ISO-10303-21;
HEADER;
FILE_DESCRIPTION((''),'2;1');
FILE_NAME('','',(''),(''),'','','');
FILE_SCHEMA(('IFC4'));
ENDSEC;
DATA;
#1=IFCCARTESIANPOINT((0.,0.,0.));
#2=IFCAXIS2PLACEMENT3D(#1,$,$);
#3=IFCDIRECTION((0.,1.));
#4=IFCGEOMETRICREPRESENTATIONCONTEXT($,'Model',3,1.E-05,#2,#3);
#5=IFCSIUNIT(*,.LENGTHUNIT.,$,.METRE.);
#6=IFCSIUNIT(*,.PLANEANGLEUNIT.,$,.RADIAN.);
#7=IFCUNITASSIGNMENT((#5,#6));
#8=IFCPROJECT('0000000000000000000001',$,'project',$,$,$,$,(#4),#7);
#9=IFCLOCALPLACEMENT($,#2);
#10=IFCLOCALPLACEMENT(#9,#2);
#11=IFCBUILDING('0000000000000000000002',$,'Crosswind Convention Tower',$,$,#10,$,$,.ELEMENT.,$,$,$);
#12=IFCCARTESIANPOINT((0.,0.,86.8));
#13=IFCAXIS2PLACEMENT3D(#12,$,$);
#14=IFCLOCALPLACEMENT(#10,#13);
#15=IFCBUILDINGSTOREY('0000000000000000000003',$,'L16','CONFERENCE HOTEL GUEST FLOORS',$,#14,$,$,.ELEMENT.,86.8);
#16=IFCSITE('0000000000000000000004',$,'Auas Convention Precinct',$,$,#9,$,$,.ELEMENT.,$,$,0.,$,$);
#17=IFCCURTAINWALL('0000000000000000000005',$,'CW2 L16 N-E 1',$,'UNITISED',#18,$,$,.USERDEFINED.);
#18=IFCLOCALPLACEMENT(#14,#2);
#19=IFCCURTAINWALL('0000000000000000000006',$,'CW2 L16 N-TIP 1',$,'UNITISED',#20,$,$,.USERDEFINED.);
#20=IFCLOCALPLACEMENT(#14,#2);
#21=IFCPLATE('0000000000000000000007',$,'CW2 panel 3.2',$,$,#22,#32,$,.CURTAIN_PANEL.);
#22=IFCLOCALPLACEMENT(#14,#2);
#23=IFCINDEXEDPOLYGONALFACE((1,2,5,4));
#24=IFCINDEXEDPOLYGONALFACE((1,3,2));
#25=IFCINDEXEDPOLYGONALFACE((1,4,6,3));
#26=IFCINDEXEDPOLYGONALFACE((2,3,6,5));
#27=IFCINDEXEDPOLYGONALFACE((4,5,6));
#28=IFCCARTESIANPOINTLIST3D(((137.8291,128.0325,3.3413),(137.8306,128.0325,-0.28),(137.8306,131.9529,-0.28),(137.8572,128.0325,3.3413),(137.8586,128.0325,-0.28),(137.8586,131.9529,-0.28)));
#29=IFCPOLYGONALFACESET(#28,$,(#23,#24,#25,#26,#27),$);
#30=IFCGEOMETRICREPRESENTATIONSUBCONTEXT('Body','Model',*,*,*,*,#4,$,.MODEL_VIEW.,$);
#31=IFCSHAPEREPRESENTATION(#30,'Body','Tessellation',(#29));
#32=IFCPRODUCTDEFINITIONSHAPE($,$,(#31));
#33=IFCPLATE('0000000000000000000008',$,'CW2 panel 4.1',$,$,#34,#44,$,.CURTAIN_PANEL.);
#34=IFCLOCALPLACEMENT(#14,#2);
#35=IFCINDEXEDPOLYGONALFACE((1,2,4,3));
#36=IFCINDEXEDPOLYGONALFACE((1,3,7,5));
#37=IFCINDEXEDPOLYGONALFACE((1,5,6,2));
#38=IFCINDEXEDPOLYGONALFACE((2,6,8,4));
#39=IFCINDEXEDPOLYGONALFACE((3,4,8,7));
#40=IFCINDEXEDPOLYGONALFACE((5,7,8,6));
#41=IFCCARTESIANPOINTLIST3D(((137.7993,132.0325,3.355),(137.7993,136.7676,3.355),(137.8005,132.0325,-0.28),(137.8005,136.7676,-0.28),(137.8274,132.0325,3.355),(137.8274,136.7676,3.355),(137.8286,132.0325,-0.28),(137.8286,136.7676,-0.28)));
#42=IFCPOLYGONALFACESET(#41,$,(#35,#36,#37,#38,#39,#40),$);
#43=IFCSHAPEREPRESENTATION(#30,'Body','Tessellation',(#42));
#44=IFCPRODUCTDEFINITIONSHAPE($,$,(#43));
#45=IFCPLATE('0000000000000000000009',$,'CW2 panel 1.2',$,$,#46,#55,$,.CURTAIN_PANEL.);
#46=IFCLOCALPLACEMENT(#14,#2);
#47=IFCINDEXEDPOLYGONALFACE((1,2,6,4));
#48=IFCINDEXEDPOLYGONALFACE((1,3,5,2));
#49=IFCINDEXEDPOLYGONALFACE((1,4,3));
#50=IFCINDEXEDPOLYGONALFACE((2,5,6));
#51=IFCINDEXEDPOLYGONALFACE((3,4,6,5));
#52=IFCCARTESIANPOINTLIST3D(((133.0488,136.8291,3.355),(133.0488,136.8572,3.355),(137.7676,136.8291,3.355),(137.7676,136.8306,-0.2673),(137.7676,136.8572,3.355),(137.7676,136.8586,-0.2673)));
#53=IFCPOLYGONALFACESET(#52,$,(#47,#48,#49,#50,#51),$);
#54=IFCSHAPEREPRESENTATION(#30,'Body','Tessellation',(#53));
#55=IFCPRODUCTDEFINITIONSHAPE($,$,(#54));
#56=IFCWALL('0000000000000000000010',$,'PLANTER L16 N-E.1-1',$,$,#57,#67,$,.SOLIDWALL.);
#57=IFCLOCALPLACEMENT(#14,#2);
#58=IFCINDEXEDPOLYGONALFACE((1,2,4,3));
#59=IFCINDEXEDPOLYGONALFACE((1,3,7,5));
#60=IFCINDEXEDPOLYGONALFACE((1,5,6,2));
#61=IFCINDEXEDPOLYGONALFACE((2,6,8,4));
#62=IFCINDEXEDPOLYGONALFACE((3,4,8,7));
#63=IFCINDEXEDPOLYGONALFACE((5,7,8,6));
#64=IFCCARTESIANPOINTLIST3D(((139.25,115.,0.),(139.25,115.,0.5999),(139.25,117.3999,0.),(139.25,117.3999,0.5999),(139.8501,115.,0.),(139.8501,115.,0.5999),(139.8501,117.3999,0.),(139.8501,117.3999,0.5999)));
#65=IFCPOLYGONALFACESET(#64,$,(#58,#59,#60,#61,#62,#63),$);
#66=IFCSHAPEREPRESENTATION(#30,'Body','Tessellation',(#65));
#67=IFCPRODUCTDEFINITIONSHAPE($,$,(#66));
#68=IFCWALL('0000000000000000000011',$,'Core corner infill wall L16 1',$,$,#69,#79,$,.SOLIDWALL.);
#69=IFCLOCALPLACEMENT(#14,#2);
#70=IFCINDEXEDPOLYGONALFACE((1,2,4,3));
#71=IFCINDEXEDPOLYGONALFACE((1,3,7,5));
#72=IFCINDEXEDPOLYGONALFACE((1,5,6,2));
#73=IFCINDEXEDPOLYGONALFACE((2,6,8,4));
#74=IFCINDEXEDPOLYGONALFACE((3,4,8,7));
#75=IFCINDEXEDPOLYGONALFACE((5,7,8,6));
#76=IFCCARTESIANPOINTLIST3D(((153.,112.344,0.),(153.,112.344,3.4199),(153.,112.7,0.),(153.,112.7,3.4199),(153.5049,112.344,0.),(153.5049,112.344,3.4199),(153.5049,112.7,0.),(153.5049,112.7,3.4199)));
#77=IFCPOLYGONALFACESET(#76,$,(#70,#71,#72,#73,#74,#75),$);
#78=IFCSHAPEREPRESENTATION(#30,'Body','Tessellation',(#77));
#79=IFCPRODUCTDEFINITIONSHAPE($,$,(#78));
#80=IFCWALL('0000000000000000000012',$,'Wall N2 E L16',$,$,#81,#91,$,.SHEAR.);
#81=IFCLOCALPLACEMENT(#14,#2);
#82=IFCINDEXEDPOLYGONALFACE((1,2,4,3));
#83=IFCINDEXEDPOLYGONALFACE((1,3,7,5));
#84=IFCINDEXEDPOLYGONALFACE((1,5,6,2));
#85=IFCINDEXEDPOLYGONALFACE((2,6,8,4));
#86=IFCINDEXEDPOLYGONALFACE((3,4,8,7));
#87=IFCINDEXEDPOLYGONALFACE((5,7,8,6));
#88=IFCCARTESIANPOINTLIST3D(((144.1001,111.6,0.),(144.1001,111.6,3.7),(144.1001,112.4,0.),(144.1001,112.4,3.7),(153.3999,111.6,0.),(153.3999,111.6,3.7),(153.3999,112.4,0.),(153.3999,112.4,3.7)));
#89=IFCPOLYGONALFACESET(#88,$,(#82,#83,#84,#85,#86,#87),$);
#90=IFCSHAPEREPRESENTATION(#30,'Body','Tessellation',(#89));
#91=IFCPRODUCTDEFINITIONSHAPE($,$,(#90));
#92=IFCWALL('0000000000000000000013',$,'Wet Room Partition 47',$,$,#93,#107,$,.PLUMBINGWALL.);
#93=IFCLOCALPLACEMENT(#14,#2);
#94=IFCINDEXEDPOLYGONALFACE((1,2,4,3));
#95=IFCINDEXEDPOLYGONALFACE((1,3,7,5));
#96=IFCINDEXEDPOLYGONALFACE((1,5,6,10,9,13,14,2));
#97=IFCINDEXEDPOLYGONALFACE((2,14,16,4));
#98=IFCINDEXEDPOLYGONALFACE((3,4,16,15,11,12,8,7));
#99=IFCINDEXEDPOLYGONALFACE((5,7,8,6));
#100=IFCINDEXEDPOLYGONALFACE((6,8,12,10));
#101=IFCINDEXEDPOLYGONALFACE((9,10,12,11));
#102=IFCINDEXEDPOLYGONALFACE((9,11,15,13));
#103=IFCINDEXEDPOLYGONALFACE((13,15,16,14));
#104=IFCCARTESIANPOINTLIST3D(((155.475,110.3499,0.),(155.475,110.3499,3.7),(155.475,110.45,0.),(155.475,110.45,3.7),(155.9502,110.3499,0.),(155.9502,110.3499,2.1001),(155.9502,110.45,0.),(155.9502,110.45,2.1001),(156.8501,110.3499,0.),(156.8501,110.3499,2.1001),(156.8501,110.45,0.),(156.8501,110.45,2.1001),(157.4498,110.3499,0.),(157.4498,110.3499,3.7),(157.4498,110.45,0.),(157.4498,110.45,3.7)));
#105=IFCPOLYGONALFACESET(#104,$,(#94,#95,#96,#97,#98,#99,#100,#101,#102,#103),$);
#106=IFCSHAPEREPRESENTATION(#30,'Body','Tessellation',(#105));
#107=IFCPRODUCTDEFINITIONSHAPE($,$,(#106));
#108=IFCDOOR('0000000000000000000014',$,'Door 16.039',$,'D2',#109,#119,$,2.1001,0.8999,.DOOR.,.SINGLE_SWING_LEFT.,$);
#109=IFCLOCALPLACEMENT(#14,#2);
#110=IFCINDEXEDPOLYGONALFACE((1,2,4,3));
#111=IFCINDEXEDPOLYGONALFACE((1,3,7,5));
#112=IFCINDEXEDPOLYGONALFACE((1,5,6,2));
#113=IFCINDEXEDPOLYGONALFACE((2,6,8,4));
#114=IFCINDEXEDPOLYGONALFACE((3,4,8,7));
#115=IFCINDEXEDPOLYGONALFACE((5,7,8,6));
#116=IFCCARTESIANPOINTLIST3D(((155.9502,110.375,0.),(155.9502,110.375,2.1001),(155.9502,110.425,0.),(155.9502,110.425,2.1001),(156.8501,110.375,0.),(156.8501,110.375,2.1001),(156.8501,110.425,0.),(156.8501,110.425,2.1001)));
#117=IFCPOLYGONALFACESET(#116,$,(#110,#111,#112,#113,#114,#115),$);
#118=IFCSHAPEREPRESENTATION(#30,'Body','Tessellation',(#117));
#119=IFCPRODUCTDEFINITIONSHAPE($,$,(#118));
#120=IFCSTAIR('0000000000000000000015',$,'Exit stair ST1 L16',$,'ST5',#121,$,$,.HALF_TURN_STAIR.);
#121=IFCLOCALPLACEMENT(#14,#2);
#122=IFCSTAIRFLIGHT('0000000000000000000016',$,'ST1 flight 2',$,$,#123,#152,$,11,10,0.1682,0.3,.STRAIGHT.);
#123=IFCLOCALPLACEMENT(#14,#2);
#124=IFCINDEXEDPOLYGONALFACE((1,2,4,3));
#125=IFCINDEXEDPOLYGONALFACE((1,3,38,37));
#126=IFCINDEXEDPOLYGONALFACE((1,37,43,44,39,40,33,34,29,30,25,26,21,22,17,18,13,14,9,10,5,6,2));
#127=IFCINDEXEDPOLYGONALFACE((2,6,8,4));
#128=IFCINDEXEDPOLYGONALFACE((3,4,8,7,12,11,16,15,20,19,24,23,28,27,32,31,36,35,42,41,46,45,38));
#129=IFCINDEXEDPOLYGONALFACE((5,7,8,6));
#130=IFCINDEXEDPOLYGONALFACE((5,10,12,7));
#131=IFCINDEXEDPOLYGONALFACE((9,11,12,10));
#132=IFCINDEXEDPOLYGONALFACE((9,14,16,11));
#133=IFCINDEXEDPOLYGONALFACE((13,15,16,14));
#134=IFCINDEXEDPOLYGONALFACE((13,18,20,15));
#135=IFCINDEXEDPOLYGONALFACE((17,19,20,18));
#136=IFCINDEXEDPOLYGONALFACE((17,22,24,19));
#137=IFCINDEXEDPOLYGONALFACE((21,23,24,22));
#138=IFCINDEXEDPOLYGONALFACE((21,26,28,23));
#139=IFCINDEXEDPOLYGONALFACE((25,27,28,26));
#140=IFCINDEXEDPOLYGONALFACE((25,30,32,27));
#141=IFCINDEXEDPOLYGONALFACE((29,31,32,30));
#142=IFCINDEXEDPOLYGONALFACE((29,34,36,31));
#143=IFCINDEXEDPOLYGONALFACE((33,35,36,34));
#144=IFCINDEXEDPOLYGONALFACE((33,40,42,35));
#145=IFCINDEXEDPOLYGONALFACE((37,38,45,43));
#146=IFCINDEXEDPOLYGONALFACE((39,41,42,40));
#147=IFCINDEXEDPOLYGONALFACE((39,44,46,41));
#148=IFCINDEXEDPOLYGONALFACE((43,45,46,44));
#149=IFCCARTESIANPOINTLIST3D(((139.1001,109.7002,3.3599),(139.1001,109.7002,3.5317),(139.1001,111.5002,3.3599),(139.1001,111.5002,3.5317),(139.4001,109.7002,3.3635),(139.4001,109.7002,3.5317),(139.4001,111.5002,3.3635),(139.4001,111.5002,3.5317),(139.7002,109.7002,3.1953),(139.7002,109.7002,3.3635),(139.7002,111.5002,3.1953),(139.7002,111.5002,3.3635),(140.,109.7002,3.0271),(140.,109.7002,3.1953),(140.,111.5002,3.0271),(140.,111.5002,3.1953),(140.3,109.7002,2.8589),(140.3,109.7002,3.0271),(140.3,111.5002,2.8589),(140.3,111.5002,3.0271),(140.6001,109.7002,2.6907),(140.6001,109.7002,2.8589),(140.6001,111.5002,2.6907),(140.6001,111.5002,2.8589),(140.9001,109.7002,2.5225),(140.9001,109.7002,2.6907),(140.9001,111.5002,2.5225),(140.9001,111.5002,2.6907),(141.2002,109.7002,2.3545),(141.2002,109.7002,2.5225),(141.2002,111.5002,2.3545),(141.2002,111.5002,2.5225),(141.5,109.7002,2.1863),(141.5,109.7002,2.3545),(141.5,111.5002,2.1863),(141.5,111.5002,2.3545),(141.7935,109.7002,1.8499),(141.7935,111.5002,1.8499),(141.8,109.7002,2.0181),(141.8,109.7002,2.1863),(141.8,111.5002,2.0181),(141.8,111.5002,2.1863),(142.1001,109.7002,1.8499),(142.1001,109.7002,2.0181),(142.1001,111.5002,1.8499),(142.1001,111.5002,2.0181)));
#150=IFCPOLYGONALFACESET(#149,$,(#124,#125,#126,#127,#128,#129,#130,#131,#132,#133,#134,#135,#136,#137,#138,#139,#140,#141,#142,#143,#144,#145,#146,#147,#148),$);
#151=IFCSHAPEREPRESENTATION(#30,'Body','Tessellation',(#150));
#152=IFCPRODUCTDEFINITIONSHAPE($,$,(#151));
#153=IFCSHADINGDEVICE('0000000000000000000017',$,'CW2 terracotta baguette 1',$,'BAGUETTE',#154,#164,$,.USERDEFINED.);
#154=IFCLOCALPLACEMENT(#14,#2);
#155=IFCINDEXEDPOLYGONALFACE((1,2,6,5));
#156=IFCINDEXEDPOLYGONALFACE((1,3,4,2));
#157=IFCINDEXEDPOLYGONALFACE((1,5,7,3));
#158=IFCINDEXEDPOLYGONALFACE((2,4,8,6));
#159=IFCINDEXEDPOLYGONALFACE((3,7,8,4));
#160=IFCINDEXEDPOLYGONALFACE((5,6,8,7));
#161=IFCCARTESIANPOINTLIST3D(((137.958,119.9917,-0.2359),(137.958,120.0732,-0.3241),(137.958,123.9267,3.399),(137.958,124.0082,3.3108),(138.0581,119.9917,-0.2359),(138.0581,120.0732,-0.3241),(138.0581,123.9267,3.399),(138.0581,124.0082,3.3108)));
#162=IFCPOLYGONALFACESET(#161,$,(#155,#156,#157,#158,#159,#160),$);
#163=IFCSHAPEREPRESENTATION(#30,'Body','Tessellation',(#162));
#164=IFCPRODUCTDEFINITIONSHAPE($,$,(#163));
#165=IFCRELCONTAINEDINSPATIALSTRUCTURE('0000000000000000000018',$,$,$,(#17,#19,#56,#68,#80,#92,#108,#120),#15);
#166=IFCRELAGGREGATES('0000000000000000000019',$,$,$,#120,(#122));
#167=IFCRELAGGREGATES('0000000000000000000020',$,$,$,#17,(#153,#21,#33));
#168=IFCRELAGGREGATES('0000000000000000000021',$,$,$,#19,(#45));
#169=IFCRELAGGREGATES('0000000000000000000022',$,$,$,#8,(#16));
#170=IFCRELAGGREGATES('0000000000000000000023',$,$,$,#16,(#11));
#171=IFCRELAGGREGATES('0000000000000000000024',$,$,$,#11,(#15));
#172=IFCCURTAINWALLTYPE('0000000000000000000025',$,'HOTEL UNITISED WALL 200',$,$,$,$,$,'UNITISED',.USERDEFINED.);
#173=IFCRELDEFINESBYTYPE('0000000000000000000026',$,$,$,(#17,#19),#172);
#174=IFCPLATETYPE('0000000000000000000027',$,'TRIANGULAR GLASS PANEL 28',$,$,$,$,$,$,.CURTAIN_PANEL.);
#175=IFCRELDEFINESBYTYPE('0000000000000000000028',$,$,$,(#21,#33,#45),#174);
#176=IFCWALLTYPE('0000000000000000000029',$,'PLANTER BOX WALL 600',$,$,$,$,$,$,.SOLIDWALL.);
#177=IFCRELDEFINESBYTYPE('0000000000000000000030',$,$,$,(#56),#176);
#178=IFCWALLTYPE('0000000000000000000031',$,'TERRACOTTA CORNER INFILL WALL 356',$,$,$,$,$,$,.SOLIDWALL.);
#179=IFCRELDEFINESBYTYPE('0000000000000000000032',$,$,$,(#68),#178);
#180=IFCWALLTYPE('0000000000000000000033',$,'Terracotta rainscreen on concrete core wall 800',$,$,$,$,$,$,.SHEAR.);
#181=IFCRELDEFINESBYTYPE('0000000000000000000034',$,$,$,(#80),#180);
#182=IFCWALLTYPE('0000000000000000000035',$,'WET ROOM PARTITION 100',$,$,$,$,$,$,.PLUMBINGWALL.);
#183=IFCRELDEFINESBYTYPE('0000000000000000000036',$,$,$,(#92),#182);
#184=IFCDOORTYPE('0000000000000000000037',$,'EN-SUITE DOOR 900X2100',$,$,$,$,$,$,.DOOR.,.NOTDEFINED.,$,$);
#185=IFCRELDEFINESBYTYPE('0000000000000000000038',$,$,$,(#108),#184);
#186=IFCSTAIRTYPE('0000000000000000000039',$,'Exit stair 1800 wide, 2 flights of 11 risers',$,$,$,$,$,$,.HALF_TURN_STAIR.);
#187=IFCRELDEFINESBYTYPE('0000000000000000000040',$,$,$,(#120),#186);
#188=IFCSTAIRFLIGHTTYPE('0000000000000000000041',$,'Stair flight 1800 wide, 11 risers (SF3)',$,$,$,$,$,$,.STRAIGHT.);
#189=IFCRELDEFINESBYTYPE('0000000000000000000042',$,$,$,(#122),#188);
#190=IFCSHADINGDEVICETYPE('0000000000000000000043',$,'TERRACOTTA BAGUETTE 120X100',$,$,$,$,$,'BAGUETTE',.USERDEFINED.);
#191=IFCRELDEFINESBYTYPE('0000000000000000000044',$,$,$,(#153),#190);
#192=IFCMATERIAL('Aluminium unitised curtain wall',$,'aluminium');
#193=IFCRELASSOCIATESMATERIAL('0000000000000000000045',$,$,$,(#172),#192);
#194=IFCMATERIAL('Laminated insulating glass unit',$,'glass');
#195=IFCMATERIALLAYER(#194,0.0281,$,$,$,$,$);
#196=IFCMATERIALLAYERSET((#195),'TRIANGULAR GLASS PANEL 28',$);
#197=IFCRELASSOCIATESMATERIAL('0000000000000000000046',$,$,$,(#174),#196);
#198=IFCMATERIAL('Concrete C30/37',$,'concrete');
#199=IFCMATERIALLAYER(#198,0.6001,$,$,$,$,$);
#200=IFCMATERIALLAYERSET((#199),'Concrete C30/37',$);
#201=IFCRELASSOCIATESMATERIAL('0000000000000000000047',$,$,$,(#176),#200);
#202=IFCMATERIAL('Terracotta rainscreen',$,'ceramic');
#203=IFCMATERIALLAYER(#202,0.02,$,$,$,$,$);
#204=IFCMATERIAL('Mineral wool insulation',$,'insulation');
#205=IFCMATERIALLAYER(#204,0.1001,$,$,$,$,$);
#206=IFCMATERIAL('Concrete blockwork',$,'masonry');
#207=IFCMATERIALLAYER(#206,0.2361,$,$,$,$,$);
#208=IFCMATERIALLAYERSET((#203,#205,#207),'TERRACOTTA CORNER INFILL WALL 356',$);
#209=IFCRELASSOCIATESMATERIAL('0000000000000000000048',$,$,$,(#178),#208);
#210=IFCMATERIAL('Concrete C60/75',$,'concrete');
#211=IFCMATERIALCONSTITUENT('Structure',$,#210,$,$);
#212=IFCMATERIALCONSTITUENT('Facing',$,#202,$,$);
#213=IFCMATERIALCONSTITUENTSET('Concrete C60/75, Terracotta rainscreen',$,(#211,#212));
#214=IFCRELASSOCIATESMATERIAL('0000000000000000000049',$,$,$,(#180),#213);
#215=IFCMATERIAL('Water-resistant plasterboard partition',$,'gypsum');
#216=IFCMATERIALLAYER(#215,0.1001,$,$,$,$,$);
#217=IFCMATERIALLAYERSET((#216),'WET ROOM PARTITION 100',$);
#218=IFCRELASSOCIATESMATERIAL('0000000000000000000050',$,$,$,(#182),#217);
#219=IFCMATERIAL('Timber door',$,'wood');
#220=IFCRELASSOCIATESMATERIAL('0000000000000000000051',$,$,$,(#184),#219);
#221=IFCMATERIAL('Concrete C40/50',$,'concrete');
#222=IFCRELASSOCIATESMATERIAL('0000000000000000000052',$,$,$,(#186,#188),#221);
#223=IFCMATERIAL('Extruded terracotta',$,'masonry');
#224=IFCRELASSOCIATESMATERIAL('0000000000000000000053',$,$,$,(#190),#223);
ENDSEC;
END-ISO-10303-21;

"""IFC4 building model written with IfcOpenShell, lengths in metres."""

from ifc_helpers import new_model, si_unit, direction, frame, frame_2d, origin, origin_2d, place, context, subcontext, project, spatial, polyline, rectangle, outline, extrude, material, layer, layer_set, constituent, constituent_set, material_profile, profile_set, type_object, element, fill, aggregate, save


model = new_model("IFC4")

# Units and contexts
model_context = context("Model", 3, precision=1e-05, world=origin(), true_north=direction((0.0, 1.0)))
body_context = subcontext(model_context, "Body", "Model", "MODEL_VIEW")
ifc_project = project(units=[si_unit("LENGTHUNIT", "METRE"), si_unit("PLANEANGLEUNIT", "RADIAN")], contexts=[model_context])

# Site, building, storey
site_placement = place(None, origin())
site = spatial("IfcSite", under=ifc_project, at=site_placement, Name="Auas Convention Precinct", CompositionType="ELEMENT", RefElevation=0.0)
building_placement = place(site_placement, origin())
building = spatial("IfcBuilding", under=site, at=building_placement, Name="Crosswind Convention Tower", CompositionType="ELEMENT")
storey_placement = place(building_placement, frame((0.0, 0.0, 86.8)))
storey = spatial("IfcBuildingStorey", under=building, at=storey_placement, Name="L16", Description="CONFERENCE HOTEL GUEST FLOORS", CompositionType="ELEMENT", Elevation=86.8)

# Shared definitions
ifc_material_1 = material(Name="Concrete C60/75", Category="concrete")

# Shared definitions
ifc_material_2 = material(Name="Aluminium unitised curtain wall", Category="aluminium")

# Shared definitions
curtain_wall_type_1 = type_object("IfcCurtainWallType", Name="HOTEL UNITISED WALL 200", ElementType="UNITISED", PredefinedType="USERDEFINED", material=ifc_material_2)

# Curtain wall
curtain_wall_1_placement = place(storey_placement, origin())
curtain_wall_1 = element("IfcCurtainWall", 1, at=curtain_wall_1_placement, inside=storey, type_object=curtain_wall_type_1, Name="CW2 L16 N-E 1", ObjectType="UNITISED", PredefinedType="USERDEFINED")

# Curtain wall
curtain_wall_2_placement = place(storey_placement, origin())
curtain_wall_2 = element("IfcCurtainWall", 2, at=curtain_wall_2_placement, inside=storey, type_object=curtain_wall_type_1, Name="CW2 L16 N-TIP 1", ObjectType="UNITISED", PredefinedType="USERDEFINED")

# Plates
ifc_material_3 = material(Name="Laminated insulating glass unit", Category="glass")
ifc_layer_1 = layer(ifc_material_3, 0.0281)
ifc_layer_set_1 = layer_set([ifc_layer_1], Name="TRIANGULAR GLASS PANEL 28")
plate_type_1 = type_object("IfcPlateType", Name="TRIANGULAR GLASS PANEL 28", PredefinedType="CURTAIN_PANEL", material=ifc_layer_set_1)
plate_1_placement = place(storey_placement, frame((137.8586, 128.0325, -0.28), z_axis=(1.0, 0.0, 0.000405), x_axis=(0.0, 1.0, 0.0)))
plate_1 = element("IfcPlate", 3, at=plate_1_placement, type_object=plate_type_1, Name="CW2 panel 3.2", PredefinedType="CURTAIN_PANEL", context=body_context, shape_type="SweptSolid", body=[
    extrude(outline(polyline([(0.0, 0.0), (3.9204, 0.0), (0.0, 3.6213), (0.0, 0.0)])), origin(), (0.0, 0.0, -1.0), 0.0281),
])
plate_2_placement = place(storey_placement, frame((137.8286, 132.0325, -0.28), z_axis=(1.0, 0.0, 0.000336), x_axis=(0.0, 1.0, 0.0)))
plate_2 = element("IfcPlate", 4, at=plate_2_placement, type_object=plate_type_1, Name="CW2 panel 4.1", PredefinedType="CURTAIN_PANEL", context=body_context, shape_type="SweptSolid", body=[
    extrude(outline(polyline([(0.0, 0.0), (4.7351, 0.0), (4.7351, 3.635), (0.0, 3.635), (0.0, 0.0)])), origin(), (0.0, 0.0, -1.0), 0.0281),
])
plate_3_placement = place(storey_placement, frame((137.7676, 136.8572, 3.355), z_axis=(0.0, 1.0, 0.000404), x_axis=(0.0, 0.000404, -1.0)))
plate_3 = element("IfcPlate", 5, at=plate_3_placement, type_object=plate_type_1, Name="CW2 panel 1.2", PredefinedType="CURTAIN_PANEL", context=body_context, shape_type="SweptSolid", body=[
    extrude(outline(polyline([(0.0, 0.0), (3.6223, 0.0), (0.0, 4.7188), (0.0, 0.0)])), origin(), (0.0, 0.0, -1.0), 0.0281),
])

# Walls
ifc_material_4 = material(Name="Concrete C30/37", Category="concrete")
ifc_layer_2 = layer(ifc_material_4, 0.6001)
ifc_layer_set_2 = layer_set([ifc_layer_2], Name="Concrete C30/37")
wall_type_1 = type_object("IfcWallType", Name="PLANTER BOX WALL 600", PredefinedType="SOLIDWALL", material=ifc_layer_set_2)
wall_1_placement = place(storey_placement, frame((139.55, 115.0, 0.0), z_axis=(0.0, 0.0, 1.0), x_axis=(0.0, 1.0, 0.0)))
element("IfcWall", 6, at=wall_1_placement, inside=storey, type_object=wall_type_1, Name="PLANTER L16 N-E.1-1", PredefinedType="SOLIDWALL", context=body_context, shape_type="SweptSolid", body=[
    extrude(rectangle(XDim=2.3999, YDim=0.6001, at=frame_2d((1.2, 0.0))), origin(), (0.0, 0.0, 1.0), 0.5999),
])
ifc_material_5 = material(Name="Terracotta rainscreen", Category="ceramic")
ifc_layer_3 = layer(ifc_material_5, 0.02)
ifc_material_6 = material(Name="Mineral wool insulation", Category="insulation")
ifc_layer_4 = layer(ifc_material_6, 0.1001)
ifc_material_7 = material(Name="Concrete blockwork", Category="masonry")
ifc_layer_5 = layer(ifc_material_7, 0.2361)
ifc_layer_set_3 = layer_set([ifc_layer_3, ifc_layer_4, ifc_layer_5], Name="TERRACOTTA CORNER INFILL WALL 356")
wall_type_2 = type_object("IfcWallType", Name="TERRACOTTA CORNER INFILL WALL 356", PredefinedType="SOLIDWALL", material=ifc_layer_set_3)
wall_2_placement = place(storey_placement, frame((153.0, 112.522, 0.0), z_axis=(0.0, 0.0, 1.0), x_axis=(1.0, 0.0, 0.0)))
element("IfcWall", 7, at=wall_2_placement, inside=storey, type_object=wall_type_2, Name="Core corner infill wall L16 1", PredefinedType="SOLIDWALL", context=body_context, shape_type="SweptSolid", body=[
    extrude(rectangle(XDim=0.5049, YDim=0.356, at=frame_2d((0.2524, 0.0))), origin(), (0.0, 0.0, 1.0), 3.4199),
])

# Wall
ifc_constituent_1 = constituent(ifc_material_1, Name="Structure")
ifc_constituent_2 = constituent(ifc_material_5, Name="Facing")
ifc_constituent_set = constituent_set(constituents=[ifc_constituent_1, ifc_constituent_2], Name="Concrete C60/75, Terracotta rainscreen")
wall_type_3 = type_object("IfcWallType", Name="Terracotta rainscreen on concrete core wall 800", PredefinedType="SHEAR", material=ifc_constituent_set)
wall_3_placement = place(storey_placement, frame((144.1001, 112.0, 0.0), z_axis=(0.0, 0.0, 1.0), x_axis=(1.0, 0.0, 0.0)))
element("IfcWall", 8, at=wall_3_placement, inside=storey, type_object=wall_type_3, Name="Wall N2 E L16", PredefinedType="SHEAR", context=body_context, shape_type="SweptSolid", body=[
    extrude(rectangle(XDim=9.2998, YDim=0.8, at=frame_2d((4.6499, 0.0))), origin(), (0.0, 0.0, 1.0), 3.7),
])

# Wall, opening, door
ifc_material_8 = material(Name="Water-resistant plasterboard partition", Category="gypsum")
ifc_layer_6 = layer(ifc_material_8, 0.1001)
ifc_layer_set_4 = layer_set([ifc_layer_6], Name="WET ROOM PARTITION 100")
wall_type_4 = type_object("IfcWallType", Name="WET ROOM PARTITION 100", PredefinedType="PLUMBINGWALL", material=ifc_layer_set_4)
wall_4_placement = place(storey_placement, frame((155.4751, 110.3999, 0.0), z_axis=(0.0, 0.0, 1.0), x_axis=(1.0, 0.0, 0.0)))
wall_4 = element("IfcWall", 9, at=wall_4_placement, inside=storey, type_object=wall_type_4, Name="Wet Room Partition 47", PredefinedType="PLUMBINGWALL", context=body_context, shape_type="SweptSolid", body=[
    extrude(rectangle(XDim=1.9749, YDim=0.1001, at=frame_2d((0.9873, 0.0))), origin(), (0.0, 0.0, 1.0), 3.7),
])
opening_1_placement = place(wall_4_placement, frame((0.4751, 0.0, 0.0)))
opening_1 = element("IfcOpeningElement", 10, at=opening_1_placement, cuts=wall_4, PredefinedType="OPENING", context=body_context, shape_type="SweptSolid", body=[
    extrude(rectangle(XDim=0.8999, YDim=2.1001, at=frame_2d((0.45, 1.05))), frame((0.0, 0.0601, 0.0), z_axis=(0.0, -1.0, 0.0), x_axis=(1.0, 0.0, 0.0)), (0.0, 0.0, 1.0), 0.1201),
])
ifc_material_9 = material(Name="Timber door", Category="wood")
door_type_1 = type_object("IfcDoorType", Name="EN-SUITE DOOR 900X2100", OperationType="NOTDEFINED", PredefinedType="DOOR", material=ifc_material_9)
door_1_placement = place(opening_1_placement, frame((0.8999, 0.0, 0.0), z_axis=(0.0, 0.0, 1.0), x_axis=(-1.0, 0.0, 0.0)))
door_1 = element("IfcDoor", 11, at=door_1_placement, inside=storey, type_object=door_type_1, Name="Door 16.039", ObjectType="D2", OperationType="SINGLE_SWING_LEFT", OverallHeight=2.1001, OverallWidth=0.8999, PredefinedType="DOOR", context=body_context, shape_type="SweptSolid", body=[
    extrude(rectangle(XDim=0.8999, YDim=2.1001, at=frame_2d((0.45, 1.05))), frame((0.0, 0.0249, 0.0), z_axis=(0.0, -1.0, 0.0), x_axis=(1.0, 0.0, 0.0)), (0.0, 0.0, 1.0), 0.05),
])
fill(opening_1, door_1)

# Stair, stair flight
ifc_material_10 = material(Name="Concrete C40/50", Category="concrete")
stair_type = type_object("IfcStairType", Name="Exit stair 1800 wide, 2 flights of 11 risers", PredefinedType="HALF_TURN_STAIR", material=ifc_material_10)
stair_placement = place(storey_placement, origin())
stair = element("IfcStair", 12, at=stair_placement, inside=storey, type_object=stair_type, Name="Exit stair ST1 L16", ObjectType="ST5", PredefinedType="HALF_TURN_STAIR")
stair_flight_type = type_object("IfcStairFlightType", Name="Stair flight 1800 wide, 11 risers (SF3)", PredefinedType="STRAIGHT", material=ifc_material_10)
stair_flight_placement = place(storey_placement, frame((142.1001, 110.6001, 1.8499), z_axis=(0.0, 0.0, 1.0), x_axis=(-1.0, 0.0, 0.0)))
stair_flight = element("IfcStairFlight", 13, at=stair_flight_placement, type_object=stair_flight_type, Name="ST1 flight 2", NumberOfRisers=11, NumberOfTreads=10, PredefinedType="STRAIGHT", RiserHeight=0.1682, TreadLength=0.3, context=body_context, shape_type="SweptSolid", body=[
    extrude(outline(polyline([(0.0, 0.0), (0.0, 0.1682), (0.3, 0.1682), (0.3, 0.3364), (0.6001, 0.3364), (0.6001, 0.5046), (0.8999, 0.5046), (0.8999, 0.6726), (1.2, 0.6726), (1.2, 0.8408), (1.5, 0.8408), (1.5, 1.009), (1.8, 1.009), (1.8, 1.1772), (2.1001, 1.1772), (2.1001, 1.3455), (2.3999, 1.3455), (2.3999, 1.5137), (2.7, 1.5137), (2.7, 1.6819), (3.0, 1.6819), (3.0, 1.8501), (3.0, 1.51), (0.3066, 0.0), (0.0, 0.0)])), frame((0.0, 0.8999, 0.0), z_axis=(0.0, -1.0, 0.0), x_axis=(1.0, 0.0, 0.0)), (0.0, 0.0, 1.0), 1.8),
])
aggregate(stair, [stair_flight])

# Shading device
ifc_material_11 = material(Name="Extruded terracotta", Category="masonry")
ifc_material_profile_1 = material_profile(ifc_material_11, rectangle(XDim=0.1001, YDim=0.1201, at=origin_2d()), Name="TC 100X120")
ifc_profile_set_1 = profile_set([ifc_material_profile_1], Name="Extruded terracotta")
shading_device_type = type_object("IfcShadingDeviceType", Name="TERRACOTTA BAGUETTE 120X100", ElementType="BAGUETTE", PredefinedType="USERDEFINED", material=ifc_profile_set_1)
shading_device_1_placement = place(storey_placement, frame((138.0081, 120.0325, -0.28), z_axis=(0.0, 0.734557, 0.678547), x_axis=(-1.0, 0.0, 0.0)))
shading_device_1 = element("IfcShadingDevice", 14, at=shading_device_1_placement, type_object=shading_device_type, Name="CW2 terracotta baguette 1", ObjectType="BAGUETTE", PredefinedType="USERDEFINED", context=body_context, shape_type="SweptSolid", body=[
    extrude(rectangle(XDim=0.1001, YDim=0.1201, at=origin_2d()), origin(), (0.0, 0.0, 1.0), 5.3569),
])
aggregate(curtain_wall_1, [shading_device_1, plate_1, plate_2])
aggregate(curtain_wall_2, [plate_3])

save(model, "model.ifc")
